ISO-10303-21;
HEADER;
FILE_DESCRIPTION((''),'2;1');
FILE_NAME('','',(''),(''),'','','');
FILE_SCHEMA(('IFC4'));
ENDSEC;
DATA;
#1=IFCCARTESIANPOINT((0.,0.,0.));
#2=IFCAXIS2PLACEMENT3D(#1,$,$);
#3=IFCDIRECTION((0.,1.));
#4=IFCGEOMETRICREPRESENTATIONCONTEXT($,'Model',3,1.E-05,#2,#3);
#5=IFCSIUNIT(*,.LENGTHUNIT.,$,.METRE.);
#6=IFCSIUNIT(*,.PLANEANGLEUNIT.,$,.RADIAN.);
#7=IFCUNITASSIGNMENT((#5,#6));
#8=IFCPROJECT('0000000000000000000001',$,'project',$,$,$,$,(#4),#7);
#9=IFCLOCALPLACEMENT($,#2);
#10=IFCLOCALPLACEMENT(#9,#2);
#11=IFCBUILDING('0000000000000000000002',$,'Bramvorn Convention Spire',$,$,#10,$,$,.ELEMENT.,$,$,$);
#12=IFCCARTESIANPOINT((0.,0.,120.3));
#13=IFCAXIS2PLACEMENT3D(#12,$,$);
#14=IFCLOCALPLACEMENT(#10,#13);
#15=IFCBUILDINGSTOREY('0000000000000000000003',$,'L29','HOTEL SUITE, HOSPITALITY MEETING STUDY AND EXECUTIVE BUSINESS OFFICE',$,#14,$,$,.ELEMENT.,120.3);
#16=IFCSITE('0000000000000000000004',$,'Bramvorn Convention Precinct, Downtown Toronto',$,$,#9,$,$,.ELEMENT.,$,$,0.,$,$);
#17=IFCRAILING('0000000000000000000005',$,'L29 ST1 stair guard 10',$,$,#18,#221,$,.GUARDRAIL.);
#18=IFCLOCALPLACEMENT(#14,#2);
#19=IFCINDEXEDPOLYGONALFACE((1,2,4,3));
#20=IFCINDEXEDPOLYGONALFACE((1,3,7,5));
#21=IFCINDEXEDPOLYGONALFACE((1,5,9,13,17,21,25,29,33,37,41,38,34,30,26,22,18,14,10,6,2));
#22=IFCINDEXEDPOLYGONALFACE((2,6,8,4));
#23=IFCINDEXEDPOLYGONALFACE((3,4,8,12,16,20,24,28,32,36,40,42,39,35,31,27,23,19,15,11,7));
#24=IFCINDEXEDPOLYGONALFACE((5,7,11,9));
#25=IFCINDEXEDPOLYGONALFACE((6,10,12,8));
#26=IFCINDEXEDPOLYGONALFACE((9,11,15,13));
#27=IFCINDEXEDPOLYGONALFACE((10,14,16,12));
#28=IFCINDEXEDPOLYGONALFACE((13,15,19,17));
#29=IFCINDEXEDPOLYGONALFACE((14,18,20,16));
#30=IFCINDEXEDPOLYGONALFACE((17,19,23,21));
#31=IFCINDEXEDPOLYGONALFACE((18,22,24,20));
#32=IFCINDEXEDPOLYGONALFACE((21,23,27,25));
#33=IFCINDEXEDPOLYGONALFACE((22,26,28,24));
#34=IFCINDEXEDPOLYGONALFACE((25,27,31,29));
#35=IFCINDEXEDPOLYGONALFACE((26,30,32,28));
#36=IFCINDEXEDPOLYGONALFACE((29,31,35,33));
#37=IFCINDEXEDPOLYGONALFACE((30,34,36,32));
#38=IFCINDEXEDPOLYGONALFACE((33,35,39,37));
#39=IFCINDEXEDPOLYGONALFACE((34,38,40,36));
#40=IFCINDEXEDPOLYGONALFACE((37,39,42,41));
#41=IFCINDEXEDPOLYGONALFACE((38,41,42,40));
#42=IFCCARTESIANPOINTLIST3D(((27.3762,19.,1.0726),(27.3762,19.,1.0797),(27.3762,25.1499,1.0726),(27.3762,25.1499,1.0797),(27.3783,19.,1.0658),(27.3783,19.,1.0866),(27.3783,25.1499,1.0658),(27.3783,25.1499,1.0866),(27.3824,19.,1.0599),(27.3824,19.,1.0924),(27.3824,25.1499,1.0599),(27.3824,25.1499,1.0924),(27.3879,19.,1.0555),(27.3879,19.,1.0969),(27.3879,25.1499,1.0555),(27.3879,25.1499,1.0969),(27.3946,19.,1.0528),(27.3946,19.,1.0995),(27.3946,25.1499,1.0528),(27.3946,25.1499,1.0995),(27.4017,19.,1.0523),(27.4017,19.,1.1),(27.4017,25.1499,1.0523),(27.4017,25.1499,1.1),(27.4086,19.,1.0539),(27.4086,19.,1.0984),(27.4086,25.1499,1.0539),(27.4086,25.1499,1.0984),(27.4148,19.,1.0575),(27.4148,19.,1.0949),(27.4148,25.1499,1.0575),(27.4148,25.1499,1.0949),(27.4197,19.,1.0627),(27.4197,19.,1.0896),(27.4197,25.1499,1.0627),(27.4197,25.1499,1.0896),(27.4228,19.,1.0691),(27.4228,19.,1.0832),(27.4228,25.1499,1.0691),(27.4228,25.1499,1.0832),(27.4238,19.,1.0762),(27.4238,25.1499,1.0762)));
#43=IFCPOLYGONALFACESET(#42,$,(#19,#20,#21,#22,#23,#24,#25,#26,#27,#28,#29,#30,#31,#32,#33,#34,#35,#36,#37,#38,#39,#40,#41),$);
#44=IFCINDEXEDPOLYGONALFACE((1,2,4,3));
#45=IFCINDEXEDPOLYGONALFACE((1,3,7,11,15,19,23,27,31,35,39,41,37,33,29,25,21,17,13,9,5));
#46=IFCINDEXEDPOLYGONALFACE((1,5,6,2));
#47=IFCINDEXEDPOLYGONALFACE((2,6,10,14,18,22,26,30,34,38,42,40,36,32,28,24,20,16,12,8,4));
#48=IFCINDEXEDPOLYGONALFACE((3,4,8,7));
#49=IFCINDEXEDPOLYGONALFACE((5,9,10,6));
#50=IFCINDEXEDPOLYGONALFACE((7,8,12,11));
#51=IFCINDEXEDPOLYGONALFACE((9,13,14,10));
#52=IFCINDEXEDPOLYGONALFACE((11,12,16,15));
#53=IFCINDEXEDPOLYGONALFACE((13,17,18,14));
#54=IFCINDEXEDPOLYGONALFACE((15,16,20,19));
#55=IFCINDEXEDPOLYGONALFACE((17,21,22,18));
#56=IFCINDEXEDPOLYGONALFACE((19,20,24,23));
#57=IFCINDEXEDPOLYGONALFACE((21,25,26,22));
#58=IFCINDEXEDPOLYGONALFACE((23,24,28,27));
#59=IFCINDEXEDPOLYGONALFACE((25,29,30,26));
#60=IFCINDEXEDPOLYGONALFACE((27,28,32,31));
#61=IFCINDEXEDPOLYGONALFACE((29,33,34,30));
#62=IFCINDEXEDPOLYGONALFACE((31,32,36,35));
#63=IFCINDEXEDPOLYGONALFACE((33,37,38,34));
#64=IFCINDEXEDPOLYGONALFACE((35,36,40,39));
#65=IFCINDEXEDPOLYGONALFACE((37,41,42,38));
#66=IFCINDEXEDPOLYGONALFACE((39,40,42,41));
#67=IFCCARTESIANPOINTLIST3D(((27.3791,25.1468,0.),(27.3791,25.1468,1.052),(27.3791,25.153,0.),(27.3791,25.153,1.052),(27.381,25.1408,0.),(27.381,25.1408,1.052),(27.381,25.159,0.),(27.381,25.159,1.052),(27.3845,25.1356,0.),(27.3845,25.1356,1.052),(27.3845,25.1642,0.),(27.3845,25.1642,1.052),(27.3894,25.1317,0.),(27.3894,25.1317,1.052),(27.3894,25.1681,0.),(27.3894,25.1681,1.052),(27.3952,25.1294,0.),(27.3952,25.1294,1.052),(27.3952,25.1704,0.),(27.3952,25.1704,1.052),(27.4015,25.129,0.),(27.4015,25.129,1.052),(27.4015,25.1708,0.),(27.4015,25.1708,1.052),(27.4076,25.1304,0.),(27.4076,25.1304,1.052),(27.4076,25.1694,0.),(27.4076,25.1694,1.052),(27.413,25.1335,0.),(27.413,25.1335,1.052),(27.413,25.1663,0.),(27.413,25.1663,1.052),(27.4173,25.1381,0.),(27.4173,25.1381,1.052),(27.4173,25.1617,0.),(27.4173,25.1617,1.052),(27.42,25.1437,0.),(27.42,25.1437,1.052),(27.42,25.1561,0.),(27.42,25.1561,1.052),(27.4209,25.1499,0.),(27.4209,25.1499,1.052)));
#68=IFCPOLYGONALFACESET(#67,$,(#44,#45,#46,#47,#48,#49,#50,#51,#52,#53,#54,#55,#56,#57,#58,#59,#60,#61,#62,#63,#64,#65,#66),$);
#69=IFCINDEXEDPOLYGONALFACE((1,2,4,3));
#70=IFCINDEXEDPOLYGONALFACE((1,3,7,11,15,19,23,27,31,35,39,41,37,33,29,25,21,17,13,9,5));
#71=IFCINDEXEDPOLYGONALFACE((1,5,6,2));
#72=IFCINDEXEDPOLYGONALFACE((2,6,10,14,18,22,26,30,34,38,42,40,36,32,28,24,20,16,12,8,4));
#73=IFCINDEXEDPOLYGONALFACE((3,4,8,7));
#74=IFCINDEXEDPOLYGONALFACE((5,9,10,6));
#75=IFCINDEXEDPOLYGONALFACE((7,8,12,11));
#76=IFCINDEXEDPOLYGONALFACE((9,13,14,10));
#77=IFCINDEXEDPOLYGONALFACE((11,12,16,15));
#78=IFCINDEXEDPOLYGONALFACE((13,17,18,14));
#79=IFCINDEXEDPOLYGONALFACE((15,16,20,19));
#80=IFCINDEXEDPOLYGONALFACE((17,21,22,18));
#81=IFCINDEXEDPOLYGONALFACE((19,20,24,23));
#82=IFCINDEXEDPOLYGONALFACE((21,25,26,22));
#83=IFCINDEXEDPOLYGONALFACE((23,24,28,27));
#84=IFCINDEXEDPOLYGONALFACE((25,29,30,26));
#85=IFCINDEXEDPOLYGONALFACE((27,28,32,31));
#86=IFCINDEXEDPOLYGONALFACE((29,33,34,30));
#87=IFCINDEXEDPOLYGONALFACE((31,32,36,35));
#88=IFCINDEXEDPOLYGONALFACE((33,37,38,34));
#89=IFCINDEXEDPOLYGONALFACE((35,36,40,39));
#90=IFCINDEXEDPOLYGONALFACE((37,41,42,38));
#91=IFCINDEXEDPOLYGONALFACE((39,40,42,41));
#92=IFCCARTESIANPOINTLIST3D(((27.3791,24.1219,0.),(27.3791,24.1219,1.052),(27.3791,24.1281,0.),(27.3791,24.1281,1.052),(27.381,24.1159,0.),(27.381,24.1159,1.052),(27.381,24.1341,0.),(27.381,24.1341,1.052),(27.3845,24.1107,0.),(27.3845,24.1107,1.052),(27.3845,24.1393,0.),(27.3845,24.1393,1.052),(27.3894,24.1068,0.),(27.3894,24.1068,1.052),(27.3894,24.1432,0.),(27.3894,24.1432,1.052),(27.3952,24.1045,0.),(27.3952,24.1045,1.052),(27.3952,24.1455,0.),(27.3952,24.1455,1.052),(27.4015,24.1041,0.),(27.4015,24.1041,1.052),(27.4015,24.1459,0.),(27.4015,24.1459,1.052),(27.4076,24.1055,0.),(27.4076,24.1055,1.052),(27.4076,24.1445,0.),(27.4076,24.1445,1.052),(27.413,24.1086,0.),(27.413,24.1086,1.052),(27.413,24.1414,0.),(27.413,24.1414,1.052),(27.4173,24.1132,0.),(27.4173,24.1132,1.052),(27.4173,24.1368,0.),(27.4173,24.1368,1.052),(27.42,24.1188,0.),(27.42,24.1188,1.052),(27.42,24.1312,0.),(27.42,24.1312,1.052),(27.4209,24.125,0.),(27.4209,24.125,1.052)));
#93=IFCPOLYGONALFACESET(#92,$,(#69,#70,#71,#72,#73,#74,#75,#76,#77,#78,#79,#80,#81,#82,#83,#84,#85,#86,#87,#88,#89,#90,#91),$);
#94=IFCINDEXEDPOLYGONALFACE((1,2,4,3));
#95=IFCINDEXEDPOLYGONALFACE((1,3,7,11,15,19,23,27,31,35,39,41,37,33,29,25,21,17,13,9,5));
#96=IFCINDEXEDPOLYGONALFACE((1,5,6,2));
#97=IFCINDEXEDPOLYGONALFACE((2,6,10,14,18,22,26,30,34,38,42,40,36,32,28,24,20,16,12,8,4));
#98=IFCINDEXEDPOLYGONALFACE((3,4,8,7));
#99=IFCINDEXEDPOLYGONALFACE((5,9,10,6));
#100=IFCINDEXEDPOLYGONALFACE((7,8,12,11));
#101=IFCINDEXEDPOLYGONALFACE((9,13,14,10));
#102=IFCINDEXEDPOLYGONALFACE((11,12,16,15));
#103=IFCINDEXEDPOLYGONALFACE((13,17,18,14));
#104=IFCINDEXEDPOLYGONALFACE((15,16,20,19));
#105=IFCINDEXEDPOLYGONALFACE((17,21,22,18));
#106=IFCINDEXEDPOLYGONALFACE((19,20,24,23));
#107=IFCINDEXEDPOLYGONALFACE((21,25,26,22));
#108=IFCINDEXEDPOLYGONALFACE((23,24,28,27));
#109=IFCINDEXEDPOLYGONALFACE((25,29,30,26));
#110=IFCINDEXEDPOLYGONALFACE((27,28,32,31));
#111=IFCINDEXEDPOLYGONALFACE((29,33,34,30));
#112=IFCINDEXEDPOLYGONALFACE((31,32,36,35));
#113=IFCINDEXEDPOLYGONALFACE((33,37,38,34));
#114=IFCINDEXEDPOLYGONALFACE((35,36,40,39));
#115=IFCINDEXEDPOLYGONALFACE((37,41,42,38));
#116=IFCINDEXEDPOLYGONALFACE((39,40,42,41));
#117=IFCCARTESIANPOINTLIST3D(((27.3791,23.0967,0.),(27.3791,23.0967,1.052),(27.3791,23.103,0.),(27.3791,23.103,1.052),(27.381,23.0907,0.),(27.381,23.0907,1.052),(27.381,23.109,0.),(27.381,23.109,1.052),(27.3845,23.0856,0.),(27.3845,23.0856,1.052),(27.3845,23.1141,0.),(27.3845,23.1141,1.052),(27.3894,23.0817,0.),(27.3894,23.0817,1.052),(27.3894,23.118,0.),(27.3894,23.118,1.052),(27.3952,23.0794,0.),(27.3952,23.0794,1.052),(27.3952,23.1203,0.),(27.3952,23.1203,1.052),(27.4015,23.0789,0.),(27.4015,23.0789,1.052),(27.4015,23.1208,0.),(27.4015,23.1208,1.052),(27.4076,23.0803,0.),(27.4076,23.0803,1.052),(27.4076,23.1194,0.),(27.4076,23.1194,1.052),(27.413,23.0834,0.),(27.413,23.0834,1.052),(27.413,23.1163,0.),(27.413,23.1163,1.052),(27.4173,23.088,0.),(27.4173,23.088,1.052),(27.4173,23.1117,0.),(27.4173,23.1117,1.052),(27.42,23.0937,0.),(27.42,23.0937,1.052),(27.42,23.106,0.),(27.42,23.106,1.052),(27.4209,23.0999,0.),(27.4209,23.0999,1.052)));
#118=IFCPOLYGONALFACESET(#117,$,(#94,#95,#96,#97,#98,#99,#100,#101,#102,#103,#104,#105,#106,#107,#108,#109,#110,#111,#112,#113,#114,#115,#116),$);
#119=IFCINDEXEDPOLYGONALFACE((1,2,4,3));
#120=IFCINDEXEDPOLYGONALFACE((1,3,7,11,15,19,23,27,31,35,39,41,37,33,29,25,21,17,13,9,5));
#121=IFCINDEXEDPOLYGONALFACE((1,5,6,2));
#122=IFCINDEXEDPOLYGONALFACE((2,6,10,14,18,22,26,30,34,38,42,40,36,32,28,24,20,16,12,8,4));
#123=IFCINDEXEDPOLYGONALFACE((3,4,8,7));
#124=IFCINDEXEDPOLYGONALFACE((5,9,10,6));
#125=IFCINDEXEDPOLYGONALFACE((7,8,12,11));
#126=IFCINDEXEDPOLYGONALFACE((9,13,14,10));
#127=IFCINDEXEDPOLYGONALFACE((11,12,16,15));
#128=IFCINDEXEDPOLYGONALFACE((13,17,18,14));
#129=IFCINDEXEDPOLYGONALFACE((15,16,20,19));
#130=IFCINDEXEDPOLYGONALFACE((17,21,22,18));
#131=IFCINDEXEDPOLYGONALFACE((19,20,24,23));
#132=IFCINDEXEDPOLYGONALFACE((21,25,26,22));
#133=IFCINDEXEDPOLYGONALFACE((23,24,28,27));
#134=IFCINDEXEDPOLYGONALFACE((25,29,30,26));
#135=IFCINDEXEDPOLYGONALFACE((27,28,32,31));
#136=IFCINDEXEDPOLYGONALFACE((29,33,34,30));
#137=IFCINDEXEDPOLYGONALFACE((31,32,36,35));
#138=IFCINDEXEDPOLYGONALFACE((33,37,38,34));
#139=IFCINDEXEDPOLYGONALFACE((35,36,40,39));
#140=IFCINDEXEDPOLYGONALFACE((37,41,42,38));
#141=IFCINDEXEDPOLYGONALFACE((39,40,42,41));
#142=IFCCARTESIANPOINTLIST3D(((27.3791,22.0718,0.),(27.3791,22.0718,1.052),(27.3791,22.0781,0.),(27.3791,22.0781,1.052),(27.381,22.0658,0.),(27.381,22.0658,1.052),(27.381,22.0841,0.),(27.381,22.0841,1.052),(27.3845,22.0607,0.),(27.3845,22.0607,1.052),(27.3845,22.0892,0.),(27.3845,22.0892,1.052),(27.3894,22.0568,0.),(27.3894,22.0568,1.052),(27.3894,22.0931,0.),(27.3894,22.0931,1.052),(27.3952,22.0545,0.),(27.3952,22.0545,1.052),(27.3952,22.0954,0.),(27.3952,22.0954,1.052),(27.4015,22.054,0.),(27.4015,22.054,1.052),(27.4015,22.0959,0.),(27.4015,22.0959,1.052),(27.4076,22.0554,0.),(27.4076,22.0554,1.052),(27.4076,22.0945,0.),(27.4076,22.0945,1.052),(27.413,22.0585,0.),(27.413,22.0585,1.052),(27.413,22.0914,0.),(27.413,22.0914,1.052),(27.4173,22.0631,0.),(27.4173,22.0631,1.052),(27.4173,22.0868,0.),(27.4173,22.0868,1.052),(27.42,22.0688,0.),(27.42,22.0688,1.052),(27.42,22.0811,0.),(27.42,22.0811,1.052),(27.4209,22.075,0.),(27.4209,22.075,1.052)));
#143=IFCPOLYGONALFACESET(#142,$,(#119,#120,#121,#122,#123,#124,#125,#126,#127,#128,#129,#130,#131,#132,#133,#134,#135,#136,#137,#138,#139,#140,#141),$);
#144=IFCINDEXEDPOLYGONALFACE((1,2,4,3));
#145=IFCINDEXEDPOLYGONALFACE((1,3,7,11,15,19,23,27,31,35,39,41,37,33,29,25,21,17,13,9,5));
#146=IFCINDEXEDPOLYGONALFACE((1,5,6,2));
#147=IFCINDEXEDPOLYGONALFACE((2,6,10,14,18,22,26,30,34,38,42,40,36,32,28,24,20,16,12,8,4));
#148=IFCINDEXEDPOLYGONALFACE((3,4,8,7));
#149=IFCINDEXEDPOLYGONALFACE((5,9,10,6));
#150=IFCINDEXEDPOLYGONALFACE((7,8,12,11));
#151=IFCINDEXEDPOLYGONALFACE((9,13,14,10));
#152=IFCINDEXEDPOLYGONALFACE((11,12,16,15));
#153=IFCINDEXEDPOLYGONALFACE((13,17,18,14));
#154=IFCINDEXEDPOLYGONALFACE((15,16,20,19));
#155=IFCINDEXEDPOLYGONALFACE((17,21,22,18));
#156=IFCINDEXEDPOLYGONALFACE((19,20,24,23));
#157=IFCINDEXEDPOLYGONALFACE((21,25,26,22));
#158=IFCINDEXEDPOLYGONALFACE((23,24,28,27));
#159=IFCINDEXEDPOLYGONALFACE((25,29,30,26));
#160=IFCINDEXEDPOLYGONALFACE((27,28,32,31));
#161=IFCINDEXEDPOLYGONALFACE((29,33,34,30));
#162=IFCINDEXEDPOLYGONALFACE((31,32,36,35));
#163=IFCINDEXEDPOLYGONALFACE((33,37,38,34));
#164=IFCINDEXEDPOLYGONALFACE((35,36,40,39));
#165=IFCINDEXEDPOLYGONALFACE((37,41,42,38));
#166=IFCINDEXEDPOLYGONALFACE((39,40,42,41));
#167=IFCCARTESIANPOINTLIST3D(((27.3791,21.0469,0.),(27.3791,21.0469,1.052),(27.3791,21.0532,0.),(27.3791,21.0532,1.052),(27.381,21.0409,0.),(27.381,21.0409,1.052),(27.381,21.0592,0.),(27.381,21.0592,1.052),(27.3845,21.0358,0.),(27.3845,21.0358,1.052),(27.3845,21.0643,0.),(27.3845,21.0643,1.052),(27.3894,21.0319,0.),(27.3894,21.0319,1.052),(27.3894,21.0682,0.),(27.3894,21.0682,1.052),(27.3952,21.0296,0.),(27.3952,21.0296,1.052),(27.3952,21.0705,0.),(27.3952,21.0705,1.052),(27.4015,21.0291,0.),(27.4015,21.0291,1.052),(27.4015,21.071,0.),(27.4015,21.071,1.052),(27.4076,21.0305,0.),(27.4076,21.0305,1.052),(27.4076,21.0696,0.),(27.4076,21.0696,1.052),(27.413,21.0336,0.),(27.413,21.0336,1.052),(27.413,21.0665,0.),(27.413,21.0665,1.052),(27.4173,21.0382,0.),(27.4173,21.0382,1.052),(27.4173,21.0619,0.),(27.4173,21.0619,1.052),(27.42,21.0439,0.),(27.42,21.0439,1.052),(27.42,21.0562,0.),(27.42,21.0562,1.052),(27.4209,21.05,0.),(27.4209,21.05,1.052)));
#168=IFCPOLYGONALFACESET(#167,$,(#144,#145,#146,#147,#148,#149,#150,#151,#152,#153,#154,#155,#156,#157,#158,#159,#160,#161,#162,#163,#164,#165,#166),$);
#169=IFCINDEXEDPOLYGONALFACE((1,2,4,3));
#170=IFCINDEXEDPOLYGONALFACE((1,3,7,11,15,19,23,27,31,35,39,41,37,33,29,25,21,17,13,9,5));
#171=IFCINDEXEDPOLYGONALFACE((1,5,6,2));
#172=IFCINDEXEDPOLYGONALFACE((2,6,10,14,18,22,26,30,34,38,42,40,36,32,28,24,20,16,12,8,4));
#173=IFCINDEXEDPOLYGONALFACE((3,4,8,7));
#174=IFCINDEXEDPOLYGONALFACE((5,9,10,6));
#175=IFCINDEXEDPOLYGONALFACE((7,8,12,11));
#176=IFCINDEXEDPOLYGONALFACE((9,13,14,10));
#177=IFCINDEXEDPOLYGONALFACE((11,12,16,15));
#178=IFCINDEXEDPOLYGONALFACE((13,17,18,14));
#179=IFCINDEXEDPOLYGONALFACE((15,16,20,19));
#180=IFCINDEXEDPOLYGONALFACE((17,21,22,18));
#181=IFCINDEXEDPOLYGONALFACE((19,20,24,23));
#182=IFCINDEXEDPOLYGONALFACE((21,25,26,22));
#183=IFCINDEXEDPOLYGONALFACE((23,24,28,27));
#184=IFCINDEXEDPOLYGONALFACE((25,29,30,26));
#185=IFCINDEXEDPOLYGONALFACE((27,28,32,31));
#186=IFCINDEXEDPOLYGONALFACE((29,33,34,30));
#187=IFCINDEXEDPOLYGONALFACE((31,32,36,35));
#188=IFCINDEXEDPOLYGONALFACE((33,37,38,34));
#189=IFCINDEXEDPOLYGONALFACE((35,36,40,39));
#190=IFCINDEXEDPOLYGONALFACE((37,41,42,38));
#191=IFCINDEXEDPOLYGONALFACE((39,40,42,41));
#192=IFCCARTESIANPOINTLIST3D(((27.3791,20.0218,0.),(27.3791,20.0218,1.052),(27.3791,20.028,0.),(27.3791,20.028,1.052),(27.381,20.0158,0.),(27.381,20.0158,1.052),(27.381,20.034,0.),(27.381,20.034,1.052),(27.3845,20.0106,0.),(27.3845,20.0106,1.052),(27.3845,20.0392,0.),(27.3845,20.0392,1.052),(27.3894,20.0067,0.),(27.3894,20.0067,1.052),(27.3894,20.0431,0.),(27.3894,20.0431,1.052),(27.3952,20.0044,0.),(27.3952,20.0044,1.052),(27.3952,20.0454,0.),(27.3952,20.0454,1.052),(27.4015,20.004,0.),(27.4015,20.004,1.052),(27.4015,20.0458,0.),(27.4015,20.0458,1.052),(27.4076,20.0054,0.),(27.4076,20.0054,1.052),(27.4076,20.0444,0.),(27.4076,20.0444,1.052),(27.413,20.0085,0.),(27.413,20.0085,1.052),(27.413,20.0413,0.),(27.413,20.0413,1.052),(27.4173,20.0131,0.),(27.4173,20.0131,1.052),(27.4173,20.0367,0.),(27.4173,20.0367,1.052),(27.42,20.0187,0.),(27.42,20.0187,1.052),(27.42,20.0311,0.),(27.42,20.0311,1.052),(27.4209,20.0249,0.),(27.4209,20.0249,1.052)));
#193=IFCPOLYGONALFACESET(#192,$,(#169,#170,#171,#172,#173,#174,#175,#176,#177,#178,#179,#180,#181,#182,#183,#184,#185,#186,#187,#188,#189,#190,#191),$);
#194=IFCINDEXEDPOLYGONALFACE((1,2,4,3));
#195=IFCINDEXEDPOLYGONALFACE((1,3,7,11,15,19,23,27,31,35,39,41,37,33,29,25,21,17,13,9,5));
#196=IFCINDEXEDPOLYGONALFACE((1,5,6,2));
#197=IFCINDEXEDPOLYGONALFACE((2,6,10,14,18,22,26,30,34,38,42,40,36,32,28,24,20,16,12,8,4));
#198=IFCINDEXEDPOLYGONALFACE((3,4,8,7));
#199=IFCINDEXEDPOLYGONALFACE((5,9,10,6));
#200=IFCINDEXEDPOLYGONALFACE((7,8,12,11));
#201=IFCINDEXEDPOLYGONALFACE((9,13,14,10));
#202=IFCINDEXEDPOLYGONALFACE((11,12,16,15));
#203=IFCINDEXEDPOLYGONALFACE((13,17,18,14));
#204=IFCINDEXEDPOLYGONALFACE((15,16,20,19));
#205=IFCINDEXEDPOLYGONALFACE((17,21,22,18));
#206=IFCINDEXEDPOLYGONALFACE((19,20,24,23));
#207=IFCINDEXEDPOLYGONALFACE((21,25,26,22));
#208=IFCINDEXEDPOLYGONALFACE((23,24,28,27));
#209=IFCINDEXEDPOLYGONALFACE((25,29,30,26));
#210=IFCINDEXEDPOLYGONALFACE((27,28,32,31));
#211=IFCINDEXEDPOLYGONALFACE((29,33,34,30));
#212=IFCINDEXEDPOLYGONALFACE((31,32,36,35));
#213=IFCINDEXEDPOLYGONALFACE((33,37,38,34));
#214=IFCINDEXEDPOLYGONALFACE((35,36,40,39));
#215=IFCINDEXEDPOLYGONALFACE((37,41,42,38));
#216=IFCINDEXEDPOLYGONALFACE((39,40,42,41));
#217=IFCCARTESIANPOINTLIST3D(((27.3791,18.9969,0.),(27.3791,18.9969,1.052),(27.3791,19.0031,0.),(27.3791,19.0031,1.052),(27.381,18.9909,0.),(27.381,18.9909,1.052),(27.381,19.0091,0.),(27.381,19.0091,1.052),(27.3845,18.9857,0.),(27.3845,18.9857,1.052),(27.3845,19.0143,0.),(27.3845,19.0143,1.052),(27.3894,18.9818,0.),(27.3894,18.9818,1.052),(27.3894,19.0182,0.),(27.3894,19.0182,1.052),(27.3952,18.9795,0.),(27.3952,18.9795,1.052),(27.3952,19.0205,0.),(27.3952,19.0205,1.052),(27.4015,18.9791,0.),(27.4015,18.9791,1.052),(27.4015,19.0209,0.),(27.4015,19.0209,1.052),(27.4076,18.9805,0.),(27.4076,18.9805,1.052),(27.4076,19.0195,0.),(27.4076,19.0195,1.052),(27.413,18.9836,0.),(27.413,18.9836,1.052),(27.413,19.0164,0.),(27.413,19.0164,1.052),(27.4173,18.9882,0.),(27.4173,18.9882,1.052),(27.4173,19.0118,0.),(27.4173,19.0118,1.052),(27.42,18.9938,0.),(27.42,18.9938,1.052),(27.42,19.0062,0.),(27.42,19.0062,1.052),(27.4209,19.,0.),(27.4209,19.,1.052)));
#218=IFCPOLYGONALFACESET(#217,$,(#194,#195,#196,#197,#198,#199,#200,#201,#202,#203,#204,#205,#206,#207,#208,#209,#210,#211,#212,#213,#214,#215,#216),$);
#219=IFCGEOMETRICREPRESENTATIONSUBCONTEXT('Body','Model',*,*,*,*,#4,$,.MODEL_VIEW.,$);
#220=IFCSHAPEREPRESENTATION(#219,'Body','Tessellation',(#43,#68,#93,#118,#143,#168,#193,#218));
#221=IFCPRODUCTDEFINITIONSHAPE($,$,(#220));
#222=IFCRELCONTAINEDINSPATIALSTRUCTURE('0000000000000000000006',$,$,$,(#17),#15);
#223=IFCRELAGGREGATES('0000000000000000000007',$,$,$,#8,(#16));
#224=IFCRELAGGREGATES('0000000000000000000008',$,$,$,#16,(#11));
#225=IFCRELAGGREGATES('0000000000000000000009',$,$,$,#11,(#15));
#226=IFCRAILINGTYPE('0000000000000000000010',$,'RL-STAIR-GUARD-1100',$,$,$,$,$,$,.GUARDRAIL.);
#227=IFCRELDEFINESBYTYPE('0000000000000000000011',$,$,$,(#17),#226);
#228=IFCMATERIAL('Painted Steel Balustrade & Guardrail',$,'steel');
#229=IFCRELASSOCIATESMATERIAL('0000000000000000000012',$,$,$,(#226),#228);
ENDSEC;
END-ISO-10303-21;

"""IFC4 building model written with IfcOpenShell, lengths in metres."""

from ifc_helpers import new_model, si_unit, direction, frame, origin, origin_2d, place, context, subcontext, project, spatial, circle, extrude, material, type_object, element, save


model = new_model("IFC4")

# Units and contexts
model_context = context("Model", 3, precision=1e-05, world=origin(), true_north=direction((0.0, 1.0)))
body_context = subcontext(model_context, "Body", "Model", "MODEL_VIEW")
ifc_project = project(units=[si_unit("LENGTHUNIT", "METRE"), si_unit("PLANEANGLEUNIT", "RADIAN")], contexts=[model_context])

# Site, building, storey
site_placement = place(None, origin())
site = spatial("IfcSite", under=ifc_project, at=site_placement, Name="Bramvorn Convention Precinct, Downtown Toronto", CompositionType="ELEMENT", RefElevation=0.0)
building_placement = place(site_placement, origin())
building = spatial("IfcBuilding", under=site, at=building_placement, Name="Bramvorn Convention Spire", CompositionType="ELEMENT")
storey_placement = place(building_placement, frame((0.0, 0.0, 120.3)))
storey = spatial("IfcBuildingStorey", under=building, at=storey_placement, Name="L29", Description="HOTEL SUITE, HOSPITALITY MEETING STUDY AND EXECUTIVE BUSINESS OFFICE", CompositionType="ELEMENT", Elevation=120.3)

# Railing
ifc_material_1 = material(Name="Painted Steel Balustrade & Guardrail", Category="steel")
railing_type = type_object("IfcRailingType", Name="RL-STAIR-GUARD-1100", PredefinedType="GUARDRAIL", material=ifc_material_1)
railing_1_placement = place(storey_placement, frame((27.3999, 25.1499, 0.0)))
element("IfcRailing", 1, at=railing_1_placement, inside=storey, type_object=railing_type, Name="L29 ST1 stair guard 10", PredefinedType="GUARDRAIL", context=body_context, shape_type="SweptSolid", body=[
    extrude(circle(Radius=0.0239, at=origin_2d()), frame((0.0, 0.0, 1.0762), z_axis=(0.0, -1.0, 0.0), x_axis=(1.0, 0.0, 0.0)), (0.0, 0.0, 1.0), 6.1499),
    extrude(circle(Radius=0.021, at=origin_2d()), origin(), (0.0, 0.0, 1.0), 1.052),
    extrude(circle(Radius=0.021, at=origin_2d()), frame((0.0, -1.0249, 0.0)), (0.0, 0.0, 1.0), 1.052),
    extrude(circle(Radius=0.021, at=origin_2d()), frame((0.0, -2.05, 0.0)), (0.0, 0.0, 1.0), 1.052),
    extrude(circle(Radius=0.021, at=origin_2d()), frame((0.0, -3.075, 0.0)), (0.0, 0.0, 1.0), 1.052),
    extrude(circle(Radius=0.021, at=origin_2d()), frame((0.0, -4.0999, 0.0)), (0.0, 0.0, 1.0), 1.052),
    extrude(circle(Radius=0.021, at=origin_2d()), frame((0.0, -5.125, 0.0)), (0.0, 0.0, 1.0), 1.052),
    extrude(circle(Radius=0.021, at=origin_2d()), frame((0.0, -6.1499, 0.0)), (0.0, 0.0, 1.0), 1.052),
])

save(model, "model.ifc")
